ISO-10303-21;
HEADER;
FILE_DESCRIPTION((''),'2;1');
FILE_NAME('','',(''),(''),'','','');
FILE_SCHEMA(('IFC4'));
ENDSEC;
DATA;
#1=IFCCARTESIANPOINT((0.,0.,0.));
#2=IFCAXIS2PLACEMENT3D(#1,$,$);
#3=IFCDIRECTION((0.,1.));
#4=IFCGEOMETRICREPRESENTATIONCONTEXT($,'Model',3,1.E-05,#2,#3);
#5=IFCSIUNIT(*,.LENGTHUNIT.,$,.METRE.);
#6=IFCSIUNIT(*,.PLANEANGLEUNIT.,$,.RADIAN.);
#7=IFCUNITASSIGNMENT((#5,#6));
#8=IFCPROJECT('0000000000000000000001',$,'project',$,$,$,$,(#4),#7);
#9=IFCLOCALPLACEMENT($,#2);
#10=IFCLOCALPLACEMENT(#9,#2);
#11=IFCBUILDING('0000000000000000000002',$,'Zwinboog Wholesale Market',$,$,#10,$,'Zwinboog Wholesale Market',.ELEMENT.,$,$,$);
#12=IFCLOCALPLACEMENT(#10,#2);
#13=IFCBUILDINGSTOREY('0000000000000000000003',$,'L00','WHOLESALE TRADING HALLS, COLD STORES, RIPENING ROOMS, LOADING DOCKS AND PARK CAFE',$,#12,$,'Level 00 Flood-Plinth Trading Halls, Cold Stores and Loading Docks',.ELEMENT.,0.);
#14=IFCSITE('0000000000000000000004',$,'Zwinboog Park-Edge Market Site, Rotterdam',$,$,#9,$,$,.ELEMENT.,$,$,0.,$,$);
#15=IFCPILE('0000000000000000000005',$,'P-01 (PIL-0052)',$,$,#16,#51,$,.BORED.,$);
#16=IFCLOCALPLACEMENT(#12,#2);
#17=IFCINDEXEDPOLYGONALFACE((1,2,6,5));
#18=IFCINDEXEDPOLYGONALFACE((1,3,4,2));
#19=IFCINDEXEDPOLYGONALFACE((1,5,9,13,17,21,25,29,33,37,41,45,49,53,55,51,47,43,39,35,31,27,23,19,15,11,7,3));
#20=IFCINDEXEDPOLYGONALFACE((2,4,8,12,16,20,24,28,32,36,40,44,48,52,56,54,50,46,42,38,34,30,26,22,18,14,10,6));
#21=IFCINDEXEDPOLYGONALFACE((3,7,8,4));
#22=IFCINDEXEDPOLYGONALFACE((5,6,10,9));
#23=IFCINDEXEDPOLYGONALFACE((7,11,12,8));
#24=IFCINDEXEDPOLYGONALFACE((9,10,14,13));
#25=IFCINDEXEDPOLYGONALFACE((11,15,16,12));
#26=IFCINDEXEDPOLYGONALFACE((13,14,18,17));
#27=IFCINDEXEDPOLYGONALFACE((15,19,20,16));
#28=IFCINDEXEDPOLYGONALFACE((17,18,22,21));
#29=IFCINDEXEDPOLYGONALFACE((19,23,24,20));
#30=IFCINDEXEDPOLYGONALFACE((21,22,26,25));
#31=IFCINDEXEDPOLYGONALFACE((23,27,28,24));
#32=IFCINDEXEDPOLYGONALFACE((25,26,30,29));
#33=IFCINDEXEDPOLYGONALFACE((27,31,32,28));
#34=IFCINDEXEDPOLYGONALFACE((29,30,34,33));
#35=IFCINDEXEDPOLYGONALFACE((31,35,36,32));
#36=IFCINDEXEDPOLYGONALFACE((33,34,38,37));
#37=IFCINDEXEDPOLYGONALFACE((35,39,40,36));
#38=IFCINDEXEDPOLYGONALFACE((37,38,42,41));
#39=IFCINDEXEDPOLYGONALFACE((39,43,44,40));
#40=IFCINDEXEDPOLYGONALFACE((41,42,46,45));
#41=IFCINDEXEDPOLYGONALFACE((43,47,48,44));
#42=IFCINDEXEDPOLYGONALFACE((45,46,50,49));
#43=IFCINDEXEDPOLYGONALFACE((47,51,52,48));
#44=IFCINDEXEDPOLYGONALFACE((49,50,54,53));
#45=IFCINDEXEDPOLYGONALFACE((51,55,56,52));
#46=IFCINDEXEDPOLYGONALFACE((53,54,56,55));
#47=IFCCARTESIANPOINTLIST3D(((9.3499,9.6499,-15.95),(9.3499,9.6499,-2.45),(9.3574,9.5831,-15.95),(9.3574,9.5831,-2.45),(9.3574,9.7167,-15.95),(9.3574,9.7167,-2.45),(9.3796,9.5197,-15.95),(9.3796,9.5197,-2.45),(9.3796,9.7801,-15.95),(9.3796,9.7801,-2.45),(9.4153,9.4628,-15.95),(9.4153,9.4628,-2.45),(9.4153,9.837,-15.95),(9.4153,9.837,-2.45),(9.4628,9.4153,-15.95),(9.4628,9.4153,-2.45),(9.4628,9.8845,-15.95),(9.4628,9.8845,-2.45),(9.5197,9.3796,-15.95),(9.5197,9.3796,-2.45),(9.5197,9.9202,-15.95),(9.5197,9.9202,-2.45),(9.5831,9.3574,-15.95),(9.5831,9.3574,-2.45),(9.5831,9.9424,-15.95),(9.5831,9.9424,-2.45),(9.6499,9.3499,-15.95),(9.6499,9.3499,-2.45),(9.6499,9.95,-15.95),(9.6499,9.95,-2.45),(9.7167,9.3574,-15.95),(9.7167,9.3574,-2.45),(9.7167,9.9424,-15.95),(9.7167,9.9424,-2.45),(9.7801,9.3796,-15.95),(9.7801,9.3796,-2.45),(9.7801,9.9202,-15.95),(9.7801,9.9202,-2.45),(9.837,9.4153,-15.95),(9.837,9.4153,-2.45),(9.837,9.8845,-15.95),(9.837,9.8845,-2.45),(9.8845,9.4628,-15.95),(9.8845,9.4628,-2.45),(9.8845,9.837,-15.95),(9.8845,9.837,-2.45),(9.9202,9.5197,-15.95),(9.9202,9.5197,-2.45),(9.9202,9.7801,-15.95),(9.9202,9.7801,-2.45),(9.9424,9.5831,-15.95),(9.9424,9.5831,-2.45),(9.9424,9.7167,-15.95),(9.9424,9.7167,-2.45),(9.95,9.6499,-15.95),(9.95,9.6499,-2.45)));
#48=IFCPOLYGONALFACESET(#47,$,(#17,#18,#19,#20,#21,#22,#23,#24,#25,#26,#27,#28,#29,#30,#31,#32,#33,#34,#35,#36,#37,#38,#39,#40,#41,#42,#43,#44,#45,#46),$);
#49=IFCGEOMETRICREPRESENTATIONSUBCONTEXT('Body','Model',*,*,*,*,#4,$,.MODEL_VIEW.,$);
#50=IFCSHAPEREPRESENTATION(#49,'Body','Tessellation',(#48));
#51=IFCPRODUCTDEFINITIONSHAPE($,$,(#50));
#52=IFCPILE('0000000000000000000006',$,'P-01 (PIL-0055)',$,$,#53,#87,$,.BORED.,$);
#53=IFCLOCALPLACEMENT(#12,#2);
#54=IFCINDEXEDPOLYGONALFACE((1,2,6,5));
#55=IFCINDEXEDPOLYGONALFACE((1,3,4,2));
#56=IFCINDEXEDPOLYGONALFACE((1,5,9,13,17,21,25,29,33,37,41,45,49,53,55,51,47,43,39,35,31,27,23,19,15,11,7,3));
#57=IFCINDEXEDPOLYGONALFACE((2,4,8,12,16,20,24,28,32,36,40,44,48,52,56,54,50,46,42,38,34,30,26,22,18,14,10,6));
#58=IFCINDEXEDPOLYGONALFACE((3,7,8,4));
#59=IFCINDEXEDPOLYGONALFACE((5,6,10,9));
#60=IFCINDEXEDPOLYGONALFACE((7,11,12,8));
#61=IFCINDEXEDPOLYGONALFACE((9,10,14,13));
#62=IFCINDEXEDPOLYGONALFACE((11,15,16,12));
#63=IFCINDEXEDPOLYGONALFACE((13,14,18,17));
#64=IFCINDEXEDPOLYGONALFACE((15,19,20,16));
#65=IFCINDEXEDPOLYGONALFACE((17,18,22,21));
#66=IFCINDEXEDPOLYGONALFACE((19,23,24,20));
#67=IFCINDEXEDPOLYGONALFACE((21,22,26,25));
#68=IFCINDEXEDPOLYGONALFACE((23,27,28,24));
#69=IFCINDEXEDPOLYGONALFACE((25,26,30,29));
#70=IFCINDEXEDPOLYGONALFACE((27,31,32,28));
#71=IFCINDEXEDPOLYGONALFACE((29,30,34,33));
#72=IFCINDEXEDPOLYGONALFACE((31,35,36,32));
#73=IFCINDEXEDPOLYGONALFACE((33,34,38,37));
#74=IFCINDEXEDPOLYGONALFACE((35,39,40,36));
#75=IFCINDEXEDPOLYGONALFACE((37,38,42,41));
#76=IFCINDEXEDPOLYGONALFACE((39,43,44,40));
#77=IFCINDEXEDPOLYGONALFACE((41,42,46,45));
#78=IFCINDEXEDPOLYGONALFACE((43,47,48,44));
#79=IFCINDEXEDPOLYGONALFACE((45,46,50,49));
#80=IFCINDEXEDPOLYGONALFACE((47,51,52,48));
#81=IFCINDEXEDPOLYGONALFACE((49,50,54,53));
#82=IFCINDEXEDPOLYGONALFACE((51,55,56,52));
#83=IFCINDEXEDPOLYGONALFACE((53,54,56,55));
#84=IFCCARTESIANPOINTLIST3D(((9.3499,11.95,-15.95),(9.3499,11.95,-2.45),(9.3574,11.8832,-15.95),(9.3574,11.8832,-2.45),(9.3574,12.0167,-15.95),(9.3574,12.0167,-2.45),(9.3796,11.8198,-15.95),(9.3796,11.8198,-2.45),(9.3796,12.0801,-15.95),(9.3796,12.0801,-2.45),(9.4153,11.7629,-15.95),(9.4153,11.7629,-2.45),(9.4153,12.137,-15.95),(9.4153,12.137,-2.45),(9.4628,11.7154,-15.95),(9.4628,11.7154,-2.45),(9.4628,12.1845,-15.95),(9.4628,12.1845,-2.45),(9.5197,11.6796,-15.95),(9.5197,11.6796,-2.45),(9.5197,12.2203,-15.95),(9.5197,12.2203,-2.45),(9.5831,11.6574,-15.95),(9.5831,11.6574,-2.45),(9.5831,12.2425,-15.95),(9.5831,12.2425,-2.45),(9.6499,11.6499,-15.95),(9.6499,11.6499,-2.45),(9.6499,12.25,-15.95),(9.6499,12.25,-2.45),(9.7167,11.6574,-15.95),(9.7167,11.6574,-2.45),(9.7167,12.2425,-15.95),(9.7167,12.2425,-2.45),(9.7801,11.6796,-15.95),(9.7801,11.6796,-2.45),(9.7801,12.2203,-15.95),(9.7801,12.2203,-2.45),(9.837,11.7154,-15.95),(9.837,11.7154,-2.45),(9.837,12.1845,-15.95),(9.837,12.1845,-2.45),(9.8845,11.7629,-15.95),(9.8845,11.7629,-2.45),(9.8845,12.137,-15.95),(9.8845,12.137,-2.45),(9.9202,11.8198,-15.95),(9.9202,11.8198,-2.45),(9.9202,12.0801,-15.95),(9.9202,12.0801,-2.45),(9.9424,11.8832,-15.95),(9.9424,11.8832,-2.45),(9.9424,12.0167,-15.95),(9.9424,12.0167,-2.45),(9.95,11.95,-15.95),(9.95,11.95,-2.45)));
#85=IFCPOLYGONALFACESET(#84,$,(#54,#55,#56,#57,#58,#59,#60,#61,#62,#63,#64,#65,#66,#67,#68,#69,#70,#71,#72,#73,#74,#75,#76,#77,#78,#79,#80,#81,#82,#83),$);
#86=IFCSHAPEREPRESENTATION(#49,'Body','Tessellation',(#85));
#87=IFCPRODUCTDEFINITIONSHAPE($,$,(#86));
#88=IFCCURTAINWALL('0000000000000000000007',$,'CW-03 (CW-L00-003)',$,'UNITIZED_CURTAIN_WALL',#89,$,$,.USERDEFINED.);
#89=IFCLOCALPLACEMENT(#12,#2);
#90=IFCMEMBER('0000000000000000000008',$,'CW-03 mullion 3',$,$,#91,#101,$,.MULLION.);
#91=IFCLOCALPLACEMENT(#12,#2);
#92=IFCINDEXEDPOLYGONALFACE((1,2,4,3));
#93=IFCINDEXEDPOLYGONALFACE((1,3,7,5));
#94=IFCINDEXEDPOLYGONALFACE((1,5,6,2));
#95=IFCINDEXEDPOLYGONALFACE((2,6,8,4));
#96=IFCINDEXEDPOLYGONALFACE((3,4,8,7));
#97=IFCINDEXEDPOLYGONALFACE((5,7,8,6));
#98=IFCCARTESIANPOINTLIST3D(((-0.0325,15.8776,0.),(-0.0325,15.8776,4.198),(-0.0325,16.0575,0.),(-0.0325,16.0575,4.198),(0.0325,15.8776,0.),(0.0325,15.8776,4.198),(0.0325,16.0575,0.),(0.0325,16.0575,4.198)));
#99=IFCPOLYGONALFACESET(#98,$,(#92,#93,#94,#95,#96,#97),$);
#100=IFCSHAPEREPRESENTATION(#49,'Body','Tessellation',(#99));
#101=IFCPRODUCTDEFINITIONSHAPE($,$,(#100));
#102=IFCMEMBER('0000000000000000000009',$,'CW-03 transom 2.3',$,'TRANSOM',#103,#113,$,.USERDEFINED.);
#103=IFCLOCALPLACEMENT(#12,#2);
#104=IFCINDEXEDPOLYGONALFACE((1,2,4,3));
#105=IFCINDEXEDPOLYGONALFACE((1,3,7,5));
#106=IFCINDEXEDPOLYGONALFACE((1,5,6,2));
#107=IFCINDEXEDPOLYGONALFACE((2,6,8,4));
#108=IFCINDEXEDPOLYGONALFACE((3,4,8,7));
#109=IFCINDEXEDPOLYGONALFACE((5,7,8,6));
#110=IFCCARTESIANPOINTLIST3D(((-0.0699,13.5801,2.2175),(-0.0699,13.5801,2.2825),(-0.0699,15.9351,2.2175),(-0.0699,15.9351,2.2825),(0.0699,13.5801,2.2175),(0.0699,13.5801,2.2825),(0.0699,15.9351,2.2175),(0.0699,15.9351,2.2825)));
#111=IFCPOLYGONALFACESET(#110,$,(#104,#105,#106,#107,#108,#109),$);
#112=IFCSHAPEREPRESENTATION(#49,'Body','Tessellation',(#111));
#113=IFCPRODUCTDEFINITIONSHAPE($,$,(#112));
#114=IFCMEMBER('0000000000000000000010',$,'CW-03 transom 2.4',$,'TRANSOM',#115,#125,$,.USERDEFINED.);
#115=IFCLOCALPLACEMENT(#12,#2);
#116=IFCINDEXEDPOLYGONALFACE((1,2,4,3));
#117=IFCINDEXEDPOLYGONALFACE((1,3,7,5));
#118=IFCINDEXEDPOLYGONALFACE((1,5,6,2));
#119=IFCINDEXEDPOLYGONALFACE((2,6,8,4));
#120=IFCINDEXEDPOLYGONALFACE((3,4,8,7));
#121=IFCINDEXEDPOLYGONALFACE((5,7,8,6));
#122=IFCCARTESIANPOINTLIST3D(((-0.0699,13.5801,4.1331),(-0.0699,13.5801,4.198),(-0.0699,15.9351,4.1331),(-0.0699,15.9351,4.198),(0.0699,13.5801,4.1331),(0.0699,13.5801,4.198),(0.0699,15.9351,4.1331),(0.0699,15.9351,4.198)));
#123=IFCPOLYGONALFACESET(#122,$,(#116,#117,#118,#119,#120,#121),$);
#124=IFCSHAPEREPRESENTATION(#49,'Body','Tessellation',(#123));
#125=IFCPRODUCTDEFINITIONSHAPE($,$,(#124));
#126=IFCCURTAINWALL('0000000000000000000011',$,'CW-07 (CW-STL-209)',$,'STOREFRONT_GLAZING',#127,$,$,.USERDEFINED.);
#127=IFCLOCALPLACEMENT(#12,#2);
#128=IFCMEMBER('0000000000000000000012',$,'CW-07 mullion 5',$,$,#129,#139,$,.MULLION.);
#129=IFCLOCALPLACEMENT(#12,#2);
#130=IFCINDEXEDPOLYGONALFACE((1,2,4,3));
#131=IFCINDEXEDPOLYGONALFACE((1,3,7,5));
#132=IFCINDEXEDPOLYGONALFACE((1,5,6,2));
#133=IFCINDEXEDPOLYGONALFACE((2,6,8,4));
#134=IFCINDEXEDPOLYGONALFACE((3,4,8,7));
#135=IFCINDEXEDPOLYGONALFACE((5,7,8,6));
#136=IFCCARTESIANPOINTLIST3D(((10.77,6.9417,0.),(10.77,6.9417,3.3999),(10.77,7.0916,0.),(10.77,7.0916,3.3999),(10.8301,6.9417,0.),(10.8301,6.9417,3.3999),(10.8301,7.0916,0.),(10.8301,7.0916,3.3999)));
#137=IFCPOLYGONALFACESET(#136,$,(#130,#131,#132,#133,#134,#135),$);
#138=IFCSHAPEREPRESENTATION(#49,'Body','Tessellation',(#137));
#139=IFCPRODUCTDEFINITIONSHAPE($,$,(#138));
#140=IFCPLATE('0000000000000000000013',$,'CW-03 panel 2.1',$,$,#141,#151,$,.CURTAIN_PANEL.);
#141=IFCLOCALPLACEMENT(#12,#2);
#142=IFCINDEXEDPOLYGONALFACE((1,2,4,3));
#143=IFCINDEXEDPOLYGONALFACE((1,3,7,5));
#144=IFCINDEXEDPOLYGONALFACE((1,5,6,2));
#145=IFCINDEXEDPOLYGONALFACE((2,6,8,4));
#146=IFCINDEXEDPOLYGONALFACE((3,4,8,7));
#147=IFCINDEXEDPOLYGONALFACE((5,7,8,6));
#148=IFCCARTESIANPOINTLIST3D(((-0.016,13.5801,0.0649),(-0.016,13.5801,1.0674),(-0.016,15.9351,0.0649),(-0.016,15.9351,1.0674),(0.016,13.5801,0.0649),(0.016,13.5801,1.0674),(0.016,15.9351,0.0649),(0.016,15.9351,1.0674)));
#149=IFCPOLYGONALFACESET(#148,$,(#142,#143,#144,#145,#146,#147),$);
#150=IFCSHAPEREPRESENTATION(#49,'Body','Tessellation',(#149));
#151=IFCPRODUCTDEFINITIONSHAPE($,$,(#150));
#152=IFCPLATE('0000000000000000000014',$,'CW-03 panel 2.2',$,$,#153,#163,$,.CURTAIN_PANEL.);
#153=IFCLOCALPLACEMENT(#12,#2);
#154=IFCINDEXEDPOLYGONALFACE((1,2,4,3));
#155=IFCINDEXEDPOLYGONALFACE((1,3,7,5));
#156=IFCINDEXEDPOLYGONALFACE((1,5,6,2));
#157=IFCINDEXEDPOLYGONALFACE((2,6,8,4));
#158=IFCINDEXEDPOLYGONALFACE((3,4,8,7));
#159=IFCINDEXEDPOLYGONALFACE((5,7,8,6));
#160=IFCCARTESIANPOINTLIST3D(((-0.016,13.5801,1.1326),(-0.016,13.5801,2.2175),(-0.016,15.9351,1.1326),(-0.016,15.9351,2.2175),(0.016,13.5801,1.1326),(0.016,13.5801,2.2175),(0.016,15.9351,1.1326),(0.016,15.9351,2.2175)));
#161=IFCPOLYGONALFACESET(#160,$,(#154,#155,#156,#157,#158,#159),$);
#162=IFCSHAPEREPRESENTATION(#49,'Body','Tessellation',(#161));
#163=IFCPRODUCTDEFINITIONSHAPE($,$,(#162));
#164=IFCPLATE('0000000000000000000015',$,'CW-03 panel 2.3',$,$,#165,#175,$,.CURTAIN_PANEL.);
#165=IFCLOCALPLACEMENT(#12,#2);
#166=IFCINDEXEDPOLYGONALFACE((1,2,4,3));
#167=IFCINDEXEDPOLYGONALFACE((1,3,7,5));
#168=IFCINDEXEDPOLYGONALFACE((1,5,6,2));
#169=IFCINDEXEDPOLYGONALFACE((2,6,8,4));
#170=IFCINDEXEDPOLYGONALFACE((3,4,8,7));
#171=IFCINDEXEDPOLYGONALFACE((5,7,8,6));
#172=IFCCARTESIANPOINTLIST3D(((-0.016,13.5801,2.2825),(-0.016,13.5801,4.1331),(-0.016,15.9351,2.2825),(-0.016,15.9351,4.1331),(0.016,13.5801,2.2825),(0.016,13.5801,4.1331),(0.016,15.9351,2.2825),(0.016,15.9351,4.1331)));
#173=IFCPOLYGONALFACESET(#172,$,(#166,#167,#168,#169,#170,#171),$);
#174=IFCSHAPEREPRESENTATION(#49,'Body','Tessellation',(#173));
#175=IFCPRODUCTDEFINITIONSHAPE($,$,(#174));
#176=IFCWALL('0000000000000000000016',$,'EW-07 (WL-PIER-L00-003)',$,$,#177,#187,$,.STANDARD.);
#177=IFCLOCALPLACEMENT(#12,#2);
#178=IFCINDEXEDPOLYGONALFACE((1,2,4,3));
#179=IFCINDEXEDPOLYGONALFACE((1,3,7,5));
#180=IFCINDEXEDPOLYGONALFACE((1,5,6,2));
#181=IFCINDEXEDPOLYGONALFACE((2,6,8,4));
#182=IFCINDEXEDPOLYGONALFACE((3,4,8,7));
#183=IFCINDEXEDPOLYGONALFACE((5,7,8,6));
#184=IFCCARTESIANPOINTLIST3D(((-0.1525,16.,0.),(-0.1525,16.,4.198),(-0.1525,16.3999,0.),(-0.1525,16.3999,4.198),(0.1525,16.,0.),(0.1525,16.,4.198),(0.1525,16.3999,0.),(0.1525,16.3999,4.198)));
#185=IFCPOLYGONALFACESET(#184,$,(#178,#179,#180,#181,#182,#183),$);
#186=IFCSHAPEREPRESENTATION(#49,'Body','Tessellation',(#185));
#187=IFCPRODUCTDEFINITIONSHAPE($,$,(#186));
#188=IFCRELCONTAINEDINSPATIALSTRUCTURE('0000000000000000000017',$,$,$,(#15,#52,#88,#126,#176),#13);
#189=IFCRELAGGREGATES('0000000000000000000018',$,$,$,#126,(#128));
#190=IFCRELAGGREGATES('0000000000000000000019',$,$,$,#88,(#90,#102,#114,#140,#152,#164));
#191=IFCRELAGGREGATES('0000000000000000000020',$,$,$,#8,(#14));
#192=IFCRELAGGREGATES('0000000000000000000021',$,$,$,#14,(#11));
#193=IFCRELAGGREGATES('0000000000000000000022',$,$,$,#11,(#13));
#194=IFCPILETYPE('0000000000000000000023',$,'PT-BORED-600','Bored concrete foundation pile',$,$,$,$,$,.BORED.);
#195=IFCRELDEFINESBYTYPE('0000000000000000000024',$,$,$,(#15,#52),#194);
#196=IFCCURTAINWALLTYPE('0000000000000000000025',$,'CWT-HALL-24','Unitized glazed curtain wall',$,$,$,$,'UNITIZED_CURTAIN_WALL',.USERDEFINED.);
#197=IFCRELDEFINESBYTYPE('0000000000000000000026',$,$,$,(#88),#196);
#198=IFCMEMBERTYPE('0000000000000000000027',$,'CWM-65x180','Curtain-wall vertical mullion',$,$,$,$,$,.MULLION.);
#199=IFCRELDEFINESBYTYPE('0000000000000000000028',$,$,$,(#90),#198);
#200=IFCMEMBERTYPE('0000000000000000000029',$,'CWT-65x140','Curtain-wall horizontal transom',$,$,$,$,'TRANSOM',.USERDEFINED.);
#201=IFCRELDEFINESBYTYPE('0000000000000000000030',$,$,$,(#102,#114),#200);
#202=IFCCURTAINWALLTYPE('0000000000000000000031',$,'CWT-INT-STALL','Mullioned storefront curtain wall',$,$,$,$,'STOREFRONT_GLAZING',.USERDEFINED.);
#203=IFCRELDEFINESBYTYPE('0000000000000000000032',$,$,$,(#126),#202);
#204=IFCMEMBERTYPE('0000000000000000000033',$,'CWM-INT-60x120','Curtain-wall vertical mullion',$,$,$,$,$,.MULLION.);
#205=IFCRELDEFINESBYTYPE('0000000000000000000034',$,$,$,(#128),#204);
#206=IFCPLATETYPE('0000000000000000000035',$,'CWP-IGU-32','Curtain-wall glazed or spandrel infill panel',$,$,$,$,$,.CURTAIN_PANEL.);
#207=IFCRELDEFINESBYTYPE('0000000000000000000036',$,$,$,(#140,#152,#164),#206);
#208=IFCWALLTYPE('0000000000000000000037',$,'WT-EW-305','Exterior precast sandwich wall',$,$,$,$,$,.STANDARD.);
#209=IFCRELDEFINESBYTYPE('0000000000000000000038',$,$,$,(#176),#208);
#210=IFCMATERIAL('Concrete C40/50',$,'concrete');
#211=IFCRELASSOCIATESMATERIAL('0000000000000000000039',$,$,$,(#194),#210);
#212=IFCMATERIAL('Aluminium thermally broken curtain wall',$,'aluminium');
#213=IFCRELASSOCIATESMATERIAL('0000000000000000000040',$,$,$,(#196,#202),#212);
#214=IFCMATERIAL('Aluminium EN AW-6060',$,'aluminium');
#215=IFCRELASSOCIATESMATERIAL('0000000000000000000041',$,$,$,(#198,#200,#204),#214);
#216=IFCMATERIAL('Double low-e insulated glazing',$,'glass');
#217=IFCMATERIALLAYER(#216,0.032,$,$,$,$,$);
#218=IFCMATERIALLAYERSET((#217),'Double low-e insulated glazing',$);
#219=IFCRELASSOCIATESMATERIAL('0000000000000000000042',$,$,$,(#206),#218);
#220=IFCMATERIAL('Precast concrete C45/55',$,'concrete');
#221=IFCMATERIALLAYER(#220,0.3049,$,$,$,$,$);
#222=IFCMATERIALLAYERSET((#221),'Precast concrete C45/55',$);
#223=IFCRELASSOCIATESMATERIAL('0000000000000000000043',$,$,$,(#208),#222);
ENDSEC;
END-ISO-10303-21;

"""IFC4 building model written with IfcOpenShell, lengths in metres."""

from ifc_helpers import new_model, si_unit, direction, frame, frame_2d, origin, origin_2d, place, context, subcontext, project, spatial, rectangle, circle, extrude, material, layer, layer_set, material_profile, profile_set, type_object, element, aggregate, save


model = new_model("IFC4")

# Units and contexts
model_context = context("Model", 3, precision=1e-05, world=origin(), true_north=direction((0.0, 1.0)))
body_context = subcontext(model_context, "Body", "Model", "MODEL_VIEW")
ifc_project = project(units=[si_unit("LENGTHUNIT", "METRE"), si_unit("PLANEANGLEUNIT", "RADIAN")], contexts=[model_context])

# Site, building, storey
site_placement = place(None, origin())
site = spatial("IfcSite", under=ifc_project, at=site_placement, Name="Zwinboog Park-Edge Market Site, Rotterdam", CompositionType="ELEMENT", RefElevation=0.0)
building_placement = place(site_placement, origin())
building = spatial("IfcBuilding", under=site, at=building_placement, Name="Zwinboog Wholesale Market", LongName="Zwinboog Wholesale Market", CompositionType="ELEMENT")
storey_placement = place(building_placement, origin())
storey = spatial("IfcBuildingStorey", under=building, at=storey_placement, Name="L00", Description="WHOLESALE TRADING HALLS, COLD STORES, RIPENING ROOMS, LOADING DOCKS AND PARK CAFE", LongName="Level 00 Flood-Plinth Trading Halls, Cold Stores and Loading Docks", CompositionType="ELEMENT", Elevation=0.0)

# Piles
ifc_material_1 = material(Name="Concrete C40/50", Category="concrete")
ifc_material_profile_1 = material_profile(ifc_material_1, circle(Radius=0.3, at=origin_2d()), Name="PILE D600")
ifc_profile_set_1 = profile_set([ifc_material_profile_1], Name="Concrete C40/50")
pile_type = type_object("IfcPileType", Name="PT-BORED-600", Description="Bored concrete foundation pile", PredefinedType="BORED", material=ifc_profile_set_1)
for number, where, z_axis, x_axis, name in (
    (1, (9.6499, 9.6499, -2.45), (0.0, 0.0, -1.0), (1.0, 0.0, 0.0), "P-01 (PIL-0052)"),
    (2, (9.6499, 11.95, -2.45), (0.0, 0.0, -1.0), (1.0, 0.0, 0.0), "P-01 (PIL-0055)"),
):
    element("IfcPile", number, at=place(storey_placement, frame(where, z_axis=z_axis, x_axis=x_axis)), inside=storey, type_object=pile_type, Name=name, PredefinedType="BORED", context=body_context, shape_type="SweptSolid", body=[
        extrude(circle(Radius=0.3, at=origin_2d()), origin(), (0.0, 0.0, 1.0), 13.5),
    ])

# Curtain wall, members
ifc_material_2 = material(Name="Aluminium thermally broken curtain wall", Category="aluminium")
curtain_wall_type_1 = type_object("IfcCurtainWallType", Name="CWT-HALL-24", Description="Unitized glazed curtain wall", ElementType="UNITIZED_CURTAIN_WALL", PredefinedType="USERDEFINED", material=ifc_material_2)
curtain_wall_1_placement = place(storey_placement, origin())
curtain_wall_1 = element("IfcCurtainWall", 3, at=curtain_wall_1_placement, inside=storey, type_object=curtain_wall_type_1, Name="CW-03 (CW-L00-003)", ObjectType="UNITIZED_CURTAIN_WALL", PredefinedType="USERDEFINED")
ifc_material_3 = material(Name="Aluminium EN AW-6060", Category="aluminium")
ifc_material_profile_2 = material_profile(ifc_material_3, rectangle(XDim=0.0649, YDim=0.1799, at=origin_2d()), Name="AL 65x180")
ifc_profile_set_2 = profile_set([ifc_material_profile_2], Name="Aluminium EN AW-6060")
member_type_1 = type_object("IfcMemberType", Name="CWM-65x180", Description="Curtain-wall vertical mullion", PredefinedType="MULLION", material=ifc_profile_set_2)
member_1_placement = place(storey_placement, frame((0.0, 15.9675, 0.0), z_axis=(0.0, 0.0, 1.0), x_axis=(-1.0, 0.0, 0.0)))
member_1 = element("IfcMember", 4, at=member_1_placement, type_object=member_type_1, Name="CW-03 mullion 3", PredefinedType="MULLION", context=body_context, shape_type="SweptSolid", body=[
    extrude(rectangle(XDim=0.0649, YDim=0.1799, at=origin_2d()), origin(), (0.0, 0.0, 1.0), 4.198),
])
ifc_material_profile_3 = material_profile(ifc_material_3, rectangle(XDim=0.1399, YDim=0.0649, at=origin_2d()), Name="AL 65x140")
ifc_profile_set_3 = profile_set([ifc_material_profile_3], Name="Aluminium EN AW-6060")
member_type_2 = type_object("IfcMemberType", Name="CWT-65x140", Description="Curtain-wall horizontal transom", ElementType="TRANSOM", PredefinedType="USERDEFINED", material=ifc_profile_set_3)
member_2_placement = place(storey_placement, frame((0.0, 13.5801, 2.25), z_axis=(0.0, 1.0, 0.0), x_axis=(-1.0, 0.0, 0.0)))
member_2 = element("IfcMember", 5, at=member_2_placement, type_object=member_type_2, Name="CW-03 transom 2.3", ObjectType="TRANSOM", PredefinedType="USERDEFINED", context=body_context, shape_type="SweptSolid", body=[
    extrude(rectangle(XDim=0.1399, YDim=0.0649, at=origin_2d()), origin(), (0.0, 0.0, 1.0), 2.355),
])
member_3_placement = place(storey_placement, frame((0.0, 13.5801, 4.1655), z_axis=(0.0, 1.0, 0.0), x_axis=(-1.0, 0.0, 0.0)))
member_3 = element("IfcMember", 6, at=member_3_placement, type_object=member_type_2, Name="CW-03 transom 2.4", ObjectType="TRANSOM", PredefinedType="USERDEFINED", context=body_context, shape_type="SweptSolid", body=[
    extrude(rectangle(XDim=0.1399, YDim=0.0649, at=origin_2d()), origin(), (0.0, 0.0, 1.0), 2.355),
])

# Curtain wall, member
curtain_wall_type_2 = type_object("IfcCurtainWallType", Name="CWT-INT-STALL", Description="Mullioned storefront curtain wall", ElementType="STOREFRONT_GLAZING", PredefinedType="USERDEFINED", material=ifc_material_2)
curtain_wall_2_placement = place(storey_placement, origin())
curtain_wall_2 = element("IfcCurtainWall", 7, at=curtain_wall_2_placement, inside=storey, type_object=curtain_wall_type_2, Name="CW-07 (CW-STL-209)", ObjectType="STOREFRONT_GLAZING", PredefinedType="USERDEFINED")
ifc_material_profile_4 = material_profile(ifc_material_3, rectangle(XDim=0.0601, YDim=0.1499, at=origin_2d()), Name="AL 60x150")
ifc_profile_set_4 = profile_set([ifc_material_profile_4], Name="Aluminium EN AW-6060")
member_type_3 = type_object("IfcMemberType", Name="CWM-INT-60x120", Description="Curtain-wall vertical mullion", PredefinedType="MULLION", material=ifc_profile_set_4)
member_4_placement = place(storey_placement, frame((10.8, 7.0166, 0.0), z_axis=(0.0, 0.0, 1.0), x_axis=(-1.0, 0.0, 0.0)))
member_4 = element("IfcMember", 8, at=member_4_placement, type_object=member_type_3, Name="CW-07 mullion 5", PredefinedType="MULLION", context=body_context, shape_type="SweptSolid", body=[
    extrude(rectangle(XDim=0.0601, YDim=0.1499, at=origin_2d()), origin(), (0.0, 0.0, 1.0), 3.3999),
])
aggregate(curtain_wall_2, [member_4])

# Plates
ifc_material_4 = material(Name="Double low-e insulated glazing", Category="glass")
ifc_layer_1 = layer(ifc_material_4, 0.032)
ifc_layer_set_1 = layer_set([ifc_layer_1], Name="Double low-e insulated glazing")
plate_type = type_object("IfcPlateType", Name="CWP-IGU-32", Description="Curtain-wall glazed or spandrel infill panel", PredefinedType="CURTAIN_PANEL", material=ifc_layer_set_1)
plate_1_placement = place(storey_placement, frame((0.0, 14.7576, 0.0649), z_axis=(0.0, 0.0, 1.0), x_axis=(0.0, 1.0, 0.0)))
plate_1 = element("IfcPlate", 9, at=plate_1_placement, type_object=plate_type, Name="CW-03 panel 2.1", PredefinedType="CURTAIN_PANEL", context=body_context, shape_type="SweptSolid", body=[
    extrude(rectangle(XDim=2.355, YDim=0.032, at=origin_2d()), origin(), (0.0, 0.0, 1.0), 1.0024),
])
plate_2_placement = place(storey_placement, frame((0.0, 14.7576, 1.1326), z_axis=(0.0, 0.0, 1.0), x_axis=(0.0, 1.0, 0.0)))
plate_2 = element("IfcPlate", 10, at=plate_2_placement, type_object=plate_type, Name="CW-03 panel 2.2", PredefinedType="CURTAIN_PANEL", context=body_context, shape_type="SweptSolid", body=[
    extrude(rectangle(XDim=2.355, YDim=0.032, at=origin_2d()), origin(), (0.0, 0.0, 1.0), 1.085),
])
plate_3_placement = place(storey_placement, frame((0.0, 14.7576, 2.2825), z_axis=(0.0, 0.0, 1.0), x_axis=(0.0, 1.0, 0.0)))
plate_3 = element("IfcPlate", 11, at=plate_3_placement, type_object=plate_type, Name="CW-03 panel 2.3", PredefinedType="CURTAIN_PANEL", context=body_context, shape_type="SweptSolid", body=[
    extrude(rectangle(XDim=2.355, YDim=0.032, at=origin_2d()), origin(), (0.0, 0.0, 1.0), 1.8506),
])
aggregate(curtain_wall_1, [member_1, member_2, member_3, plate_1, plate_2, plate_3])

# Wall
ifc_material_5 = material(Name="Precast concrete C45/55", Category="concrete")
ifc_layer_2 = layer(ifc_material_5, 0.3049)
ifc_layer_set_2 = layer_set([ifc_layer_2], Name="Precast concrete C45/55")
wall_type_1 = type_object("IfcWallType", Name="WT-EW-305", Description="Exterior precast sandwich wall", PredefinedType="STANDARD", material=ifc_layer_set_2)
wall_1_placement = place(storey_placement, frame((0.0, 16.0, 0.0), z_axis=(0.0, 0.0, 1.0), x_axis=(0.0, 1.0, 0.0)))
element("IfcWall", 12, at=wall_1_placement, inside=storey, type_object=wall_type_1, Name="EW-07 (WL-PIER-L00-003)", PredefinedType="STANDARD", context=body_context, shape_type="SweptSolid", body=[
    extrude(rectangle(XDim=0.3999, YDim=0.3049, at=frame_2d((0.2, 0.0))), origin(), (0.0, 0.0, 1.0), 4.198),
])

save(model, "model.ifc")
